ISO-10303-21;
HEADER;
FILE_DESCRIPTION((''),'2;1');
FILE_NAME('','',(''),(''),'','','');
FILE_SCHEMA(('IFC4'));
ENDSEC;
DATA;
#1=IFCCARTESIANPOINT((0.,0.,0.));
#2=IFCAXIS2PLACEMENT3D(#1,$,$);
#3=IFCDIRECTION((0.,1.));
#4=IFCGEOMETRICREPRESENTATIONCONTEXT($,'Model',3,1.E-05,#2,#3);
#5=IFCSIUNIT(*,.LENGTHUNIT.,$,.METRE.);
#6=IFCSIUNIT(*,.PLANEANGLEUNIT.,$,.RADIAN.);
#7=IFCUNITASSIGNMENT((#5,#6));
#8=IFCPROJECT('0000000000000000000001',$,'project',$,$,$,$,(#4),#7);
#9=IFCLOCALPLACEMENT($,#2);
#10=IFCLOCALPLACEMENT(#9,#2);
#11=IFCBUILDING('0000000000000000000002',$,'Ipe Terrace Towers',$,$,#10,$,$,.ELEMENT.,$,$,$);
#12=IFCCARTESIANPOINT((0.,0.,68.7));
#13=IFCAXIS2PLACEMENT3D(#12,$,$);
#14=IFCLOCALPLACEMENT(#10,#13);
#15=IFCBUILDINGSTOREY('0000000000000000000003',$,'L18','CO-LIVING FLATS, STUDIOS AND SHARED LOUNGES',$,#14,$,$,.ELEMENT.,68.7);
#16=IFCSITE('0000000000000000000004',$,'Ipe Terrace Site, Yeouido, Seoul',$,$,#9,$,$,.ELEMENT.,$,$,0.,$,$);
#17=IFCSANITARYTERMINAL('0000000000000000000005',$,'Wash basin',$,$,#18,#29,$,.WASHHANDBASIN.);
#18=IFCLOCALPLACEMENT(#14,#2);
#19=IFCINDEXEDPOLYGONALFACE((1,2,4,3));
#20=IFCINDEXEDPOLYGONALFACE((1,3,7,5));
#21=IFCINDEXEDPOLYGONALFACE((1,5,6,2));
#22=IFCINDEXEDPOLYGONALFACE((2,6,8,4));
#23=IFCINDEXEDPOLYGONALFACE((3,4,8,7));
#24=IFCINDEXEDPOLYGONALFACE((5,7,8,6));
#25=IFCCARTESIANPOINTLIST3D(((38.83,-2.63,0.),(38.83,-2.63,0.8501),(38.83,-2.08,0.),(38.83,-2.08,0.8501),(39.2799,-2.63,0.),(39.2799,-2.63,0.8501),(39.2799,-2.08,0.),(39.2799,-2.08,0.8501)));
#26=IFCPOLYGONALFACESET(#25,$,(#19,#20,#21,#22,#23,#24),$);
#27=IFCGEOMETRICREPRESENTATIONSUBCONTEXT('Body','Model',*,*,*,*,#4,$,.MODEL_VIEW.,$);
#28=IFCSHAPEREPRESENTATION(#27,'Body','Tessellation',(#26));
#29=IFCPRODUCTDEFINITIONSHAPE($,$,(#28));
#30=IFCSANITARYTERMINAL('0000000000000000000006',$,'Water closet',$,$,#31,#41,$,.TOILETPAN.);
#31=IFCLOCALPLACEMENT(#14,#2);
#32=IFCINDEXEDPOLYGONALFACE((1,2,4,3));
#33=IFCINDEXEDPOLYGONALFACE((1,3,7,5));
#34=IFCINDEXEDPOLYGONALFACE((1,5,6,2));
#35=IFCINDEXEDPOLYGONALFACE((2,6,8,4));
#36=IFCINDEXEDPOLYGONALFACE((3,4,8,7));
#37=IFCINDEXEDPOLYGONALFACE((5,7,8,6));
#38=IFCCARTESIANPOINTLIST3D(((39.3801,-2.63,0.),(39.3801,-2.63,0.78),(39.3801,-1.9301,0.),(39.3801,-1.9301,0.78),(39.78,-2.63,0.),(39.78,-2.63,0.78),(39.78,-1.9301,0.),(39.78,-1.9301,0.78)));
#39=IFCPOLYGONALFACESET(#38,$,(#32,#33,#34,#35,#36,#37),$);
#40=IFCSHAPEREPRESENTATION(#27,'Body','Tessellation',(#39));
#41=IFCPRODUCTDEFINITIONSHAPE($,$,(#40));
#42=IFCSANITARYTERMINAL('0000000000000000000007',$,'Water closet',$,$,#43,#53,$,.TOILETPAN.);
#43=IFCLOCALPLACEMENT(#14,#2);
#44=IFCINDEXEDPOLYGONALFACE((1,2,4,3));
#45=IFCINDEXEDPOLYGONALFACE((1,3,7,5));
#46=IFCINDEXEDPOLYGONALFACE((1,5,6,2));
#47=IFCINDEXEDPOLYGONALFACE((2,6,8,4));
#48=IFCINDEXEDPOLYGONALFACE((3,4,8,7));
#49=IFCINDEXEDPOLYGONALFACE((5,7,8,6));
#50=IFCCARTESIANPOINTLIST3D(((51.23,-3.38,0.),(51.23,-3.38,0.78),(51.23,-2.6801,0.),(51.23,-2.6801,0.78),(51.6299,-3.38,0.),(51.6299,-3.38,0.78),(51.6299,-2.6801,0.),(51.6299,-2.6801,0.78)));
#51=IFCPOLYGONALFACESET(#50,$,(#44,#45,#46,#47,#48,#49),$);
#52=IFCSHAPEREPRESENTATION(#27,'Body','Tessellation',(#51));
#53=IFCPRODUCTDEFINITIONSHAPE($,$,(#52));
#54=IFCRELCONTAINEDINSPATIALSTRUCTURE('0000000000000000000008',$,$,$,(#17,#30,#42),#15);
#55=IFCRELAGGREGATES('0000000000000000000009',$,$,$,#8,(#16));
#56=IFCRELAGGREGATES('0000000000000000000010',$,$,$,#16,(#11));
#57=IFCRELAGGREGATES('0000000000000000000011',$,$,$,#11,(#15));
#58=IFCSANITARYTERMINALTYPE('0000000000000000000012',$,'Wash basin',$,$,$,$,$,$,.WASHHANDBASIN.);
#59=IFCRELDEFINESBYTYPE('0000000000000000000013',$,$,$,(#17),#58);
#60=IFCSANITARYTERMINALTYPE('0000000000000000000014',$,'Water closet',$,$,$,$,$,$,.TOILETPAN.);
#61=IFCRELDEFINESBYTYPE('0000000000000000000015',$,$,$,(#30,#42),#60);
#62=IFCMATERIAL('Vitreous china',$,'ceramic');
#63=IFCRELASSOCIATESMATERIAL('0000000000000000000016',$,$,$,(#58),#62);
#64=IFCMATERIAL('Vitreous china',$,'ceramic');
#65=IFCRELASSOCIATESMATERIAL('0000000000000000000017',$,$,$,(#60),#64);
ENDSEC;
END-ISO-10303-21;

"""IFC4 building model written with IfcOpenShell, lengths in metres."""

from ifc_helpers import new_model, si_unit, direction, frame, origin, origin_2d, place, context, subcontext, project, spatial, rectangle, extrude, material, type_object, element, save


model = new_model("IFC4")

# Units and contexts
model_context = context("Model", 3, precision=1e-05, world=origin(), true_north=direction((0.0, 1.0)))
body_context = subcontext(model_context, "Body", "Model", "MODEL_VIEW")
ifc_project = project(units=[si_unit("LENGTHUNIT", "METRE"), si_unit("PLANEANGLEUNIT", "RADIAN")], contexts=[model_context])

# Site, building, storey
site_placement = place(None, origin())
site = spatial("IfcSite", under=ifc_project, at=site_placement, Name="Ipe Terrace Site, Yeouido, Seoul", CompositionType="ELEMENT", RefElevation=0.0)
building_placement = place(site_placement, origin())
building = spatial("IfcBuilding", under=site, at=building_placement, Name="Ipe Terrace Towers", CompositionType="ELEMENT")
storey_placement = place(building_placement, frame((0.0, 0.0, 68.7)))
storey = spatial("IfcBuildingStorey", under=building, at=storey_placement, Name="L18", Description="CO-LIVING FLATS, STUDIOS AND SHARED LOUNGES", CompositionType="ELEMENT", Elevation=68.7)

# Sanitary terminals
ifc_material_1 = material(Name="Vitreous china", Category="ceramic")
sanitary_terminal_type_1 = type_object("IfcSanitaryTerminalType", Name="Wash basin", PredefinedType="WASHHANDBASIN", material=ifc_material_1)
sanitary_terminal_1_placement = place(storey_placement, frame((39.0549, -2.355, 0.0), z_axis=(0.0, 0.0, 1.0), x_axis=(0.0, 1.0, 0.0)))
element("IfcSanitaryTerminal", 1, at=sanitary_terminal_1_placement, inside=storey, type_object=sanitary_terminal_type_1, Name="Wash basin", PredefinedType="WASHHANDBASIN", context=body_context, shape_type="SweptSolid", body=[
    extrude(rectangle(XDim=0.55, YDim=0.45, at=origin_2d()), origin(), (0.0, 0.0, 1.0), 0.8501),
])
ifc_material_2 = material(Name="Vitreous china", Category="ceramic")
sanitary_terminal_type_2 = type_object("IfcSanitaryTerminalType", Name="Water closet", PredefinedType="TOILETPAN", material=ifc_material_2)
for number, where, z_axis, x_axis, name in (
    (2, (39.5801, -2.28, 0.0), (0.0, 0.0, 1.0), (0.0, 1.0, 0.0), "Water closet"),
    (3, (51.4299, -3.03, 0.0), (0.0, 0.0, 1.0), (0.0, 1.0, 0.0), "Water closet"),
):
    element("IfcSanitaryTerminal", number, at=place(storey_placement, frame(where, z_axis=z_axis, x_axis=x_axis)), inside=storey, type_object=sanitary_terminal_type_2, Name=name, PredefinedType="TOILETPAN", context=body_context, shape_type="SweptSolid", body=[
        extrude(rectangle(XDim=0.7, YDim=0.3999, at=origin_2d()), origin(), (0.0, 0.0, 1.0), 0.78),
    ])

save(model, "model.ifc")
